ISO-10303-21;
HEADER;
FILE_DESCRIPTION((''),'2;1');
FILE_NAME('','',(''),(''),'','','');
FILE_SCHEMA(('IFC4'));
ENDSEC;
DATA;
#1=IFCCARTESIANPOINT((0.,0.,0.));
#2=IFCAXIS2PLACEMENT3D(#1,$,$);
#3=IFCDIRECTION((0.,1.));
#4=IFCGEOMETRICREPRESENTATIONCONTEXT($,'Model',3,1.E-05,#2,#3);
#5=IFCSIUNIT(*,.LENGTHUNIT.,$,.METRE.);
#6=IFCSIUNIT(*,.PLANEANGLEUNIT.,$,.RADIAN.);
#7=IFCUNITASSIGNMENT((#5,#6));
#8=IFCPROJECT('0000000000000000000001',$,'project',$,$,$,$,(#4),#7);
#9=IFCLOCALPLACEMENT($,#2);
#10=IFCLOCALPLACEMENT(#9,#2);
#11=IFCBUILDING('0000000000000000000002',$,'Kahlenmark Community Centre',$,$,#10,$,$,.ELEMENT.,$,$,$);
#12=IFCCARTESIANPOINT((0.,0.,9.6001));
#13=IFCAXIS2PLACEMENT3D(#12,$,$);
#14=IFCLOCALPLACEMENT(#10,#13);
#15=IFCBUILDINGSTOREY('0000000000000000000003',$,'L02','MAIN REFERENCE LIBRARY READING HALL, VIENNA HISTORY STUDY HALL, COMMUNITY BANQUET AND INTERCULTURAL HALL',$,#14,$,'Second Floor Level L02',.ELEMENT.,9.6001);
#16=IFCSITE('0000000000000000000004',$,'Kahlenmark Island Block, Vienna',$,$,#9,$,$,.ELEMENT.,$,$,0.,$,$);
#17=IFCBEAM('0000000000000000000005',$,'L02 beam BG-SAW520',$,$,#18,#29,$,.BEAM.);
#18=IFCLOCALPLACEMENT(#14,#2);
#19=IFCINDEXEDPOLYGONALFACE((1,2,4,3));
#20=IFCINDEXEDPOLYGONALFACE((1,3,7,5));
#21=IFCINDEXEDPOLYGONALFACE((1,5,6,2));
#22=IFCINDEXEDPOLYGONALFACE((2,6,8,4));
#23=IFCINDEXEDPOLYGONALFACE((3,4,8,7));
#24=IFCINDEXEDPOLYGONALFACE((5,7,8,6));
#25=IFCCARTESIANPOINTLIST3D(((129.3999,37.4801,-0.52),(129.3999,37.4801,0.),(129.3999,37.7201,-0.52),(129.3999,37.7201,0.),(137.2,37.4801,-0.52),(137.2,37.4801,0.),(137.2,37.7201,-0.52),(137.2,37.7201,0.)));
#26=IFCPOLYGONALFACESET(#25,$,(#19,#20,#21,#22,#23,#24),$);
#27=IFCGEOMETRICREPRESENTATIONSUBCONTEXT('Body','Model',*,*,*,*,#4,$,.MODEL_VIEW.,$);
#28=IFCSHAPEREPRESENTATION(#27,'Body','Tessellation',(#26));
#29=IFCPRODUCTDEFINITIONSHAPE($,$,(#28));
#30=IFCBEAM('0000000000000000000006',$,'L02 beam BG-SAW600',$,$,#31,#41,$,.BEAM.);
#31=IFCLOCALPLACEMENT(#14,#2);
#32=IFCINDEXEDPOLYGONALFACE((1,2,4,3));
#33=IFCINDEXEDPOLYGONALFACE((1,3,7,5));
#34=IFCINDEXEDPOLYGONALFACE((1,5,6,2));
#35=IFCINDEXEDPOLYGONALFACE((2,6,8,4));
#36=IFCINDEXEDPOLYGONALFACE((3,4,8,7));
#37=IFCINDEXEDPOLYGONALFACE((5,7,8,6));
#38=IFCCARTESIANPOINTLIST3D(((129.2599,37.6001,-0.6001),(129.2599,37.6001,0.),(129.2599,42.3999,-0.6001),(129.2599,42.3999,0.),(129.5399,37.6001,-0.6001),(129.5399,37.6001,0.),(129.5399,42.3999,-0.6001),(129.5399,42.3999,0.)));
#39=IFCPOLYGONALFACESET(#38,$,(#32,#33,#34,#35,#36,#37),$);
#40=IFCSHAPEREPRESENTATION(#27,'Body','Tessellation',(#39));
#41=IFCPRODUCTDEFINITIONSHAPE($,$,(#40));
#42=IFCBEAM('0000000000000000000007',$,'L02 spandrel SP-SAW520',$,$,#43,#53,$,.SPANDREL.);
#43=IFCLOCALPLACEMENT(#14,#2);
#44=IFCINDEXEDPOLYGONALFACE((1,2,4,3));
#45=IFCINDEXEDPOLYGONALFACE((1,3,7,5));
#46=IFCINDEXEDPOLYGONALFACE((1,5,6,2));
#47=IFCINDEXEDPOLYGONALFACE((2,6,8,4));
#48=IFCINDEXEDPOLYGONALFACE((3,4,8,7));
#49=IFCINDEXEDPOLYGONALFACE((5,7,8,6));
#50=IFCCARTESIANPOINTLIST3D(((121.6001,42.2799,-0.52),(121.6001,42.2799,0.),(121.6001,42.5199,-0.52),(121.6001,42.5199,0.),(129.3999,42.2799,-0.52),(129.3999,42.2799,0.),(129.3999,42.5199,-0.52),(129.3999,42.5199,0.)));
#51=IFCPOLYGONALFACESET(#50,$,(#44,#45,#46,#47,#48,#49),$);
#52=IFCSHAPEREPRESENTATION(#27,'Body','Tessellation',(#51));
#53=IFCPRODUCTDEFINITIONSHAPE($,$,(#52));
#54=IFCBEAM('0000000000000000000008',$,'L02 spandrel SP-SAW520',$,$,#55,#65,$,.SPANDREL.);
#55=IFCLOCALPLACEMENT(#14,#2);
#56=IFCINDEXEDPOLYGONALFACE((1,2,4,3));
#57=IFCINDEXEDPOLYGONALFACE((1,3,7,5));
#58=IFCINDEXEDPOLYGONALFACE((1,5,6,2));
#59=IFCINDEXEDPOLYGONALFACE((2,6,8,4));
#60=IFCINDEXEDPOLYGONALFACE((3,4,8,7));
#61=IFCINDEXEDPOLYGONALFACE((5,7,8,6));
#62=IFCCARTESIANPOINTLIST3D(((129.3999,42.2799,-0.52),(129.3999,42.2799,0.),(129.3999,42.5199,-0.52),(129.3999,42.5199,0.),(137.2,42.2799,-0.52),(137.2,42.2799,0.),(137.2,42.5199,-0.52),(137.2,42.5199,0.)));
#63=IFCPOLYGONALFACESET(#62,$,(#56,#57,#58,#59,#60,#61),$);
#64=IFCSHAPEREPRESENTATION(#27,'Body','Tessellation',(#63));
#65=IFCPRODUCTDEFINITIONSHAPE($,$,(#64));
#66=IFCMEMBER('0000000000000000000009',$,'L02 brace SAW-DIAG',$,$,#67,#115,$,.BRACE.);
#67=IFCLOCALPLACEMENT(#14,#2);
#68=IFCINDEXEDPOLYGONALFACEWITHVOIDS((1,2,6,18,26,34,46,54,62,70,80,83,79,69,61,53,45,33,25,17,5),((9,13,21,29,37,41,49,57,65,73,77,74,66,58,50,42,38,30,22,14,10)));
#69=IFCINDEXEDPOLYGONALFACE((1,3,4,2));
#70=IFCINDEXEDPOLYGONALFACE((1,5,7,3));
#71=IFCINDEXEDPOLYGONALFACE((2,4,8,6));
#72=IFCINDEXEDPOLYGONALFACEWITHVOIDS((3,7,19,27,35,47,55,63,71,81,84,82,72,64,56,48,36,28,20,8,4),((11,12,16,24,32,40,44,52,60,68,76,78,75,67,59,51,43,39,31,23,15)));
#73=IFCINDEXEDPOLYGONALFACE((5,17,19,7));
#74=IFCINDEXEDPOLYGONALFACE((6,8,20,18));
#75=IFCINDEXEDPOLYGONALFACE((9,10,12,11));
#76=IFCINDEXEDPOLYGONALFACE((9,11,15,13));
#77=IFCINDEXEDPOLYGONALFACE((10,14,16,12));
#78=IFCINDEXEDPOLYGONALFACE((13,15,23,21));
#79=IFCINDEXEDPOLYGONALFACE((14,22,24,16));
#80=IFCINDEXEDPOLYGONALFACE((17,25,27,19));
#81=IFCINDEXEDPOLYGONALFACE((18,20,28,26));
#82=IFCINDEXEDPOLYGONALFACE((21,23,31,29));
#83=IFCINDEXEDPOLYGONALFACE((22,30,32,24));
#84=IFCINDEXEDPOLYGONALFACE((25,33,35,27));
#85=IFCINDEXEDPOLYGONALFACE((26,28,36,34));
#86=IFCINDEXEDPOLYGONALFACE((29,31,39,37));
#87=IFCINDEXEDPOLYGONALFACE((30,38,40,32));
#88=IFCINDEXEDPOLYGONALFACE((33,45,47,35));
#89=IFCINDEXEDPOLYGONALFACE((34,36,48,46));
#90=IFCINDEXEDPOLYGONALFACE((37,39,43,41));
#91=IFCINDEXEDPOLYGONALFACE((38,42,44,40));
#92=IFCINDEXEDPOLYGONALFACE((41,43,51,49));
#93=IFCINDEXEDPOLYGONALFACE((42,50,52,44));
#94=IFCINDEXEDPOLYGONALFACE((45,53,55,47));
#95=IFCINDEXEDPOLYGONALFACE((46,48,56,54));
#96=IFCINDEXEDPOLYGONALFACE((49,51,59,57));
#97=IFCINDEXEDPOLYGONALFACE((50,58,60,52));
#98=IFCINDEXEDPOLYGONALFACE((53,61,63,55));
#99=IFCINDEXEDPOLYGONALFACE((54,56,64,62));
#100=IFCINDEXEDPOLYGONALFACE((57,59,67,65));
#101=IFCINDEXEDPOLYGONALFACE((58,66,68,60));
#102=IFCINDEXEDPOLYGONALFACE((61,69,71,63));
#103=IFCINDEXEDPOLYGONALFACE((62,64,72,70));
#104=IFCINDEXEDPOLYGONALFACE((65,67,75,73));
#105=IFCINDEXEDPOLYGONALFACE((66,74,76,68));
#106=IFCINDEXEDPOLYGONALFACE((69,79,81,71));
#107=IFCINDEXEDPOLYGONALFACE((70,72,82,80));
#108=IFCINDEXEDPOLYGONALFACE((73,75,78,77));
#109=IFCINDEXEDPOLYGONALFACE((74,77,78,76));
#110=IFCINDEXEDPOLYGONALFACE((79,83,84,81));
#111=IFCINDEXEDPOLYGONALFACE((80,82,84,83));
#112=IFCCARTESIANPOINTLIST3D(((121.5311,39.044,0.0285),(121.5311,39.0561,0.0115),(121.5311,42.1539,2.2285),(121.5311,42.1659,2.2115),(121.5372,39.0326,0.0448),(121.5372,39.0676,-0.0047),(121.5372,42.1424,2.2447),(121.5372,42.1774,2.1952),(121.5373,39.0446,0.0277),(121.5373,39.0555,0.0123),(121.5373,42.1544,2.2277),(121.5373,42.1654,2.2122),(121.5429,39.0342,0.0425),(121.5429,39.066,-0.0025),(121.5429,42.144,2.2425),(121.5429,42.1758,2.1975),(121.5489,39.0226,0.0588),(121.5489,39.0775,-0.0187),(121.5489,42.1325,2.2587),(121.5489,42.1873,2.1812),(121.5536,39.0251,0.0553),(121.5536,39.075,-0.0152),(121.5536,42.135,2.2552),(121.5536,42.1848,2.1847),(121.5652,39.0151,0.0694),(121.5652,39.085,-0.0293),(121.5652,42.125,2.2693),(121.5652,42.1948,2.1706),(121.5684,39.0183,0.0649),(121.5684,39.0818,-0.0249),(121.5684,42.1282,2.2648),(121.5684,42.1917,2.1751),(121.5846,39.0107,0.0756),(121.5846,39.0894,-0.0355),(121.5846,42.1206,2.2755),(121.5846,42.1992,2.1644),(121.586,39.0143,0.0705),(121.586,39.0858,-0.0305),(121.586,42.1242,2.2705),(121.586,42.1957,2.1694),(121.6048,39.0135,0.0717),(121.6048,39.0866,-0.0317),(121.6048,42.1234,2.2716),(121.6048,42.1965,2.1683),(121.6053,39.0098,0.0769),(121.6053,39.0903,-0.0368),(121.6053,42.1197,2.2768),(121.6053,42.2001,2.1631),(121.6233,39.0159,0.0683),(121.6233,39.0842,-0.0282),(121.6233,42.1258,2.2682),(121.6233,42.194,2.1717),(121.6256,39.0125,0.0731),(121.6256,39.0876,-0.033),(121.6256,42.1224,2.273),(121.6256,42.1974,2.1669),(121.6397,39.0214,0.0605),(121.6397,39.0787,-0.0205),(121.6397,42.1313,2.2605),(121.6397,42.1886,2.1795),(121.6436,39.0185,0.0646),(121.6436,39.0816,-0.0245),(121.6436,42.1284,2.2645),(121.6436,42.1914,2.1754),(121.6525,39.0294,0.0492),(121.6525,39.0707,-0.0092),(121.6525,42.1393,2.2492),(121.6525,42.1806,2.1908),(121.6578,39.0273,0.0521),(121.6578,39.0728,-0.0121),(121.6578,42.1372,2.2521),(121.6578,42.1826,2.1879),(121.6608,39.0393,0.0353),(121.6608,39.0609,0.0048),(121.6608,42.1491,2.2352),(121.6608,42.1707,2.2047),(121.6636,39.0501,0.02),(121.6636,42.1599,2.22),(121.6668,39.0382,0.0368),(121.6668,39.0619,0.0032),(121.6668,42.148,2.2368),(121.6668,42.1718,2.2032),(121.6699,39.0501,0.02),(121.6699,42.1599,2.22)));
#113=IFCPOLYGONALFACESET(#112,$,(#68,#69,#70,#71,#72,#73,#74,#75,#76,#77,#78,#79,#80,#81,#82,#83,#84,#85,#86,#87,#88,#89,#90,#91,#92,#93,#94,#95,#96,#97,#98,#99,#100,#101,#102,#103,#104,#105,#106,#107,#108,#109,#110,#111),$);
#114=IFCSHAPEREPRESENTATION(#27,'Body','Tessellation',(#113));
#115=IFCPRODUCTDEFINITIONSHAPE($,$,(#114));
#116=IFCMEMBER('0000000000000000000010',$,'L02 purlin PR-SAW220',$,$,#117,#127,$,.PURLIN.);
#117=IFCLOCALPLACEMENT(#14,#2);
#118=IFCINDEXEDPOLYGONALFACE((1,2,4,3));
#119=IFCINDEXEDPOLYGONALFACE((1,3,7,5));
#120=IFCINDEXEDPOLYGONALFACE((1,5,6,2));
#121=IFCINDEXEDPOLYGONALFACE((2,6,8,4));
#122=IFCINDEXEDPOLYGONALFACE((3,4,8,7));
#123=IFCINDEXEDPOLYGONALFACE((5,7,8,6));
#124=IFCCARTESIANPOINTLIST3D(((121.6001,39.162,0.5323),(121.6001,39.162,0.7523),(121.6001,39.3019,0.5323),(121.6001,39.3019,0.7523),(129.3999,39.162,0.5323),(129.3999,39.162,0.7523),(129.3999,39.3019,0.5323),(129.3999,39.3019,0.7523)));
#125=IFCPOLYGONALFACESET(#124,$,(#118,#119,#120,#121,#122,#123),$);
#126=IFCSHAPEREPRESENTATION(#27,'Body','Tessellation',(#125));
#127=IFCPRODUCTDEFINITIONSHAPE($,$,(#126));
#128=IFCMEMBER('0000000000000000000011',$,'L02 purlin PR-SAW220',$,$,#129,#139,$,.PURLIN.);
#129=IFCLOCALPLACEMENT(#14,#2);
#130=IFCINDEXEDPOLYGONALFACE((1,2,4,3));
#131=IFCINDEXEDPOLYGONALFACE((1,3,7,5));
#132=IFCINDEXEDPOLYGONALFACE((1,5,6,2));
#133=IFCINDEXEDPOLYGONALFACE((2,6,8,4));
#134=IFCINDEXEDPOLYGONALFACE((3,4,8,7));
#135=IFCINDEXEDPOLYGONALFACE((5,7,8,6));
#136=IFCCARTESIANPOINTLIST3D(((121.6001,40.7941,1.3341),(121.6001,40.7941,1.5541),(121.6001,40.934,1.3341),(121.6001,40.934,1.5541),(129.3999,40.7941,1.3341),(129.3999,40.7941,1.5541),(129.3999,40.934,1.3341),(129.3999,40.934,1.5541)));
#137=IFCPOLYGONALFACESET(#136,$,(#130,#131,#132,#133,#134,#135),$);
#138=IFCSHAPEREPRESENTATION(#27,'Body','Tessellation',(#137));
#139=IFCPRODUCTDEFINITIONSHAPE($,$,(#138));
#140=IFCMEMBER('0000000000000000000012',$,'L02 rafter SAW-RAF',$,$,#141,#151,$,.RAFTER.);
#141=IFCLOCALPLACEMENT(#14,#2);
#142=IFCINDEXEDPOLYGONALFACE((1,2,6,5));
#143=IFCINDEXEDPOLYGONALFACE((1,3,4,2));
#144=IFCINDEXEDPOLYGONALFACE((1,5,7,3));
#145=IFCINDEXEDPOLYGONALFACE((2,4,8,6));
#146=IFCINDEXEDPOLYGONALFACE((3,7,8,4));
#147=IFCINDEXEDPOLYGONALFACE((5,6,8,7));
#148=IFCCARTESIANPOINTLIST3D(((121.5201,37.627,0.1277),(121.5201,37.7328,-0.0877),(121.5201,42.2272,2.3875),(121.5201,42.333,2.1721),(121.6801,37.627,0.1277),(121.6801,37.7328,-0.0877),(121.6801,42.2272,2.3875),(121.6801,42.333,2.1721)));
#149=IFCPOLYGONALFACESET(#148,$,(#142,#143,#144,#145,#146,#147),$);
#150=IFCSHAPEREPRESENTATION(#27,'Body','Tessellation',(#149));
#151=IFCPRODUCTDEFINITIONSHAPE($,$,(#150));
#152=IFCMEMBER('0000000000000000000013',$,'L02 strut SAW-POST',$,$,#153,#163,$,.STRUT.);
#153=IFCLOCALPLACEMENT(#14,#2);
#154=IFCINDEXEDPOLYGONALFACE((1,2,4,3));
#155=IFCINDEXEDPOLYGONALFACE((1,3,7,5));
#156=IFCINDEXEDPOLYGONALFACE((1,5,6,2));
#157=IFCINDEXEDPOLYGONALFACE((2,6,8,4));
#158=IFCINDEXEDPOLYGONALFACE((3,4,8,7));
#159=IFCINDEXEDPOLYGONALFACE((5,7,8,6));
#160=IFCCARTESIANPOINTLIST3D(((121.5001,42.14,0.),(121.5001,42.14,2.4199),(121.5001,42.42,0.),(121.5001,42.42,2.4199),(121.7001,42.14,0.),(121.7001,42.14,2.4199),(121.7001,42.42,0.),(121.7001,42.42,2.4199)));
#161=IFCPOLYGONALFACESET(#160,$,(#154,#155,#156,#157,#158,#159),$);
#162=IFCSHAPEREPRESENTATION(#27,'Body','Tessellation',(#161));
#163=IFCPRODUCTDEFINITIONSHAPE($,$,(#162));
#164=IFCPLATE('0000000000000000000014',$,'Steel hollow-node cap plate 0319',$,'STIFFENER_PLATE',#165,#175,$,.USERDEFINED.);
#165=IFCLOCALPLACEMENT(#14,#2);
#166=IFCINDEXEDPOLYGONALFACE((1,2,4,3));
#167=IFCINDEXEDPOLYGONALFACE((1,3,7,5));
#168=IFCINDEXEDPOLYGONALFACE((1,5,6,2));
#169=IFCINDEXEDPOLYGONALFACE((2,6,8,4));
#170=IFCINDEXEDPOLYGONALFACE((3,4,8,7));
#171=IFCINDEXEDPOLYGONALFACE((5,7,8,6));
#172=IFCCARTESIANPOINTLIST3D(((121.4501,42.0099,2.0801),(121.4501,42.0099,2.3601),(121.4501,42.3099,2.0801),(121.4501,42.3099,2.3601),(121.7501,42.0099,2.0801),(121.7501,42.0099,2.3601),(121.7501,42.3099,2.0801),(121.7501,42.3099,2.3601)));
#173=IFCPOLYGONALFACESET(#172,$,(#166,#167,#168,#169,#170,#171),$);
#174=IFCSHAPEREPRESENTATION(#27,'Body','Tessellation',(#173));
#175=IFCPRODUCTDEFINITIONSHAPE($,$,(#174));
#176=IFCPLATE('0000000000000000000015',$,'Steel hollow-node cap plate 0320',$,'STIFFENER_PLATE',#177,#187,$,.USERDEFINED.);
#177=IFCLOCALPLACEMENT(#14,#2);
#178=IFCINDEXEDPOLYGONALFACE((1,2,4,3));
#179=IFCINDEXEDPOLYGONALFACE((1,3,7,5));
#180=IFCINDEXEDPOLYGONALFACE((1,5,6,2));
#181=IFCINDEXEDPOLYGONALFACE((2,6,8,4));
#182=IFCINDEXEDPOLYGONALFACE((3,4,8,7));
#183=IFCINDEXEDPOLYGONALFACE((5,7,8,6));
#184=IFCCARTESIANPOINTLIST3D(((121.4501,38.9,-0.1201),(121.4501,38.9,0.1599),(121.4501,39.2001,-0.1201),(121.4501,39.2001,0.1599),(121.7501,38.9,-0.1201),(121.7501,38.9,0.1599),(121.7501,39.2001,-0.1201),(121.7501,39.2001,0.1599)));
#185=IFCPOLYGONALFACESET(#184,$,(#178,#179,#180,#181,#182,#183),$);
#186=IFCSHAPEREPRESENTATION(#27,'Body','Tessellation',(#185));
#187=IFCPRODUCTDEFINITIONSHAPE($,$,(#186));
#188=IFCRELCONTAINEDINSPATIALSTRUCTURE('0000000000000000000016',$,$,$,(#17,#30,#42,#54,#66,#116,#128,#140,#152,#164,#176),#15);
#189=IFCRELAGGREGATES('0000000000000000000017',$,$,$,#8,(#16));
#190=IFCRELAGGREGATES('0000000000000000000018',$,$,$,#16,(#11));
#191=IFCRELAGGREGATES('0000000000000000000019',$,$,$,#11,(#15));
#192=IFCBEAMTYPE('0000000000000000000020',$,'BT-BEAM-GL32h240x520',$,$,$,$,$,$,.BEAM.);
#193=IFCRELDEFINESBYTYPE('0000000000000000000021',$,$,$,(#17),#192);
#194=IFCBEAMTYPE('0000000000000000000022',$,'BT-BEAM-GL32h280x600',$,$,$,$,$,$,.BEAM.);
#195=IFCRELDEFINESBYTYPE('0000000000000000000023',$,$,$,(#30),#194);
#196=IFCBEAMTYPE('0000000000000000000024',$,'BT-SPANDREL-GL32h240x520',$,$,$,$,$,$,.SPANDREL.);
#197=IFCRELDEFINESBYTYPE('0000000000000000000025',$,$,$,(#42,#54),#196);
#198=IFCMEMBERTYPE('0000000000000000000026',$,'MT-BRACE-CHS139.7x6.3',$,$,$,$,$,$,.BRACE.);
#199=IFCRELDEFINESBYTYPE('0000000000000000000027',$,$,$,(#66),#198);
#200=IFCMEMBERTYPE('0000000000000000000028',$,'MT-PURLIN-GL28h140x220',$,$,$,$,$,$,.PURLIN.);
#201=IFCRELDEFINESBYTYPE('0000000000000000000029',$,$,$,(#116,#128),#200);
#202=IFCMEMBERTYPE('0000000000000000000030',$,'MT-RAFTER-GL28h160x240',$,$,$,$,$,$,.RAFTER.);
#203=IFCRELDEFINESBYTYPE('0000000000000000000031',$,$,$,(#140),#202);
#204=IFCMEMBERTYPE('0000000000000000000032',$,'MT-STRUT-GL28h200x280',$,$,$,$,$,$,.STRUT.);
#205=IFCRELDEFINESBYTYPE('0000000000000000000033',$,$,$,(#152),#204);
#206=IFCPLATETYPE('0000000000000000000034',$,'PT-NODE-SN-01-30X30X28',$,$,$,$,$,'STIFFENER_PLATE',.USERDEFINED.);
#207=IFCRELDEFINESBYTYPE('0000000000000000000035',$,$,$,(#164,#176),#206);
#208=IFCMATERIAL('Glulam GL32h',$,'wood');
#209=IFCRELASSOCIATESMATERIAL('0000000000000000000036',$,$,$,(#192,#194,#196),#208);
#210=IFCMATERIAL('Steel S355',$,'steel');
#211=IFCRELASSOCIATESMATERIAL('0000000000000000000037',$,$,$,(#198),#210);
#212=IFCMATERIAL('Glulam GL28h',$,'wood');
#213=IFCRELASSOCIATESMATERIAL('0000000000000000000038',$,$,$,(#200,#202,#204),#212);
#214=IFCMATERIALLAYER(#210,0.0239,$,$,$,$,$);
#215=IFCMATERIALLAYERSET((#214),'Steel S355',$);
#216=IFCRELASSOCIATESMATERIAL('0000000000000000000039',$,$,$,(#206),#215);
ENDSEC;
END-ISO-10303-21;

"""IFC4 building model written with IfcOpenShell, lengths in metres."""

from ifc_helpers import new_model, si_unit, direction, frame, origin, origin_2d, place, context, subcontext, project, spatial, rectangle, hollow_circle, extrude, material, layer, layer_set, material_profile, profile_set, type_object, element, save


model = new_model("IFC4")

# Units and contexts
model_context = context("Model", 3, precision=1e-05, world=origin(), true_north=direction((0.0, 1.0)))
body_context = subcontext(model_context, "Body", "Model", "MODEL_VIEW")
ifc_project = project(units=[si_unit("LENGTHUNIT", "METRE"), si_unit("PLANEANGLEUNIT", "RADIAN")], contexts=[model_context])

# Site, building, storey
site_placement = place(None, origin())
site = spatial("IfcSite", under=ifc_project, at=site_placement, Name="Kahlenmark Island Block, Vienna", CompositionType="ELEMENT", RefElevation=0.0)
building_placement = place(site_placement, origin())
building = spatial("IfcBuilding", under=site, at=building_placement, Name="Kahlenmark Community Centre", CompositionType="ELEMENT")
storey_placement = place(building_placement, frame((0.0, 0.0, 9.6001)))
storey = spatial("IfcBuildingStorey", under=building, at=storey_placement, Name="L02", Description="MAIN REFERENCE LIBRARY READING HALL, VIENNA HISTORY STUDY HALL, COMMUNITY BANQUET AND INTERCULTURAL HALL", LongName="Second Floor Level L02", CompositionType="ELEMENT", Elevation=9.6001)

# Beams
ifc_material_1 = material(Name="Glulam GL32h", Category="wood")
ifc_material_profile_1 = material_profile(ifc_material_1, rectangle(XDim=0.24, YDim=0.52, at=origin_2d()), Name="GL32h 240x520")
ifc_profile_set_1 = profile_set([ifc_material_profile_1], Name="Glulam GL32h")
beam_type_1 = type_object("IfcBeamType", Name="BT-BEAM-GL32h240x520", PredefinedType="BEAM", material=ifc_profile_set_1)
beam_1_placement = place(storey_placement, frame((129.3999, 37.6001, -0.26), z_axis=(1.0, 0.0, 0.0), x_axis=(0.0, 1.0, 0.0)))
element("IfcBeam", 1, at=beam_1_placement, inside=storey, type_object=beam_type_1, Name="L02 beam BG-SAW520", PredefinedType="BEAM", context=body_context, shape_type="SweptSolid", body=[
    extrude(rectangle(XDim=0.24, YDim=0.52, at=origin_2d()), origin(), (0.0, 0.0, 1.0), 7.8),
])
ifc_material_profile_2 = material_profile(ifc_material_1, rectangle(XDim=0.28, YDim=0.6001, at=origin_2d()), Name="GL32h 280x600")
ifc_profile_set_2 = profile_set([ifc_material_profile_2], Name="Glulam GL32h")
beam_type_2 = type_object("IfcBeamType", Name="BT-BEAM-GL32h280x600", PredefinedType="BEAM", material=ifc_profile_set_2)
beam_2_placement = place(storey_placement, frame((129.3999, 37.6001, -0.3), z_axis=(0.0, 1.0, 0.0), x_axis=(-1.0, 0.0, 0.0)))
element("IfcBeam", 2, at=beam_2_placement, inside=storey, type_object=beam_type_2, Name="L02 beam BG-SAW600", PredefinedType="BEAM", context=body_context, shape_type="SweptSolid", body=[
    extrude(rectangle(XDim=0.28, YDim=0.6001, at=origin_2d()), origin(), (0.0, 0.0, 1.0), 4.7998),
])
ifc_material_profile_3 = material_profile(ifc_material_1, rectangle(XDim=0.24, YDim=0.52, at=origin_2d()), Name="GL32h 240x520")
ifc_profile_set_3 = profile_set([ifc_material_profile_3], Name="Glulam GL32h")
beam_type_3 = type_object("IfcBeamType", Name="BT-SPANDREL-GL32h240x520", PredefinedType="SPANDREL", material=ifc_profile_set_3)
beam_3_placement = place(storey_placement, frame((121.6001, 42.3999, -0.26), z_axis=(1.0, 0.0, 0.0), x_axis=(0.0, 1.0, 0.0)))
element("IfcBeam", 3, at=beam_3_placement, inside=storey, type_object=beam_type_3, Name="L02 spandrel SP-SAW520", PredefinedType="SPANDREL", context=body_context, shape_type="SweptSolid", body=[
    extrude(rectangle(XDim=0.24, YDim=0.52, at=origin_2d()), origin(), (0.0, 0.0, 1.0), 7.7998),
])
beam_4_placement = place(storey_placement, frame((129.3999, 42.3999, -0.26), z_axis=(1.0, 0.0, 0.0), x_axis=(0.0, 1.0, 0.0)))
element("IfcBeam", 4, at=beam_4_placement, inside=storey, type_object=beam_type_3, Name="L02 spandrel SP-SAW520", PredefinedType="SPANDREL", context=body_context, shape_type="SweptSolid", body=[
    extrude(rectangle(XDim=0.24, YDim=0.52, at=origin_2d()), origin(), (0.0, 0.0, 1.0), 7.8),
])

# Members
ifc_material_2 = material(Name="Steel S355", Category="steel")
ifc_material_profile_4 = material_profile(ifc_material_2, hollow_circle(Radius=0.0698, WallThickness=0.0063, at=origin_2d()), Name="CHS 139.7x6.3")
ifc_profile_set_4 = profile_set([ifc_material_profile_4], Name="Steel S355")
member_type_1 = type_object("IfcMemberType", Name="MT-BRACE-CHS139.7x6.3", PredefinedType="BRACE", material=ifc_profile_set_4)
member_1_placement = place(storey_placement, frame((121.6001, 42.1599, 2.22), z_axis=(0.0, -0.81638, -0.577516), x_axis=(1.0, 0.0, 0.0)))
element("IfcMember", 5, at=member_1_placement, inside=storey, type_object=member_type_1, Name="L02 brace SAW-DIAG", PredefinedType="BRACE", context=body_context, shape_type="SweptSolid", body=[
    extrude(hollow_circle(Radius=0.0698, WallThickness=0.0063, at=origin_2d()), origin(), (0.0, 0.0, 1.0), 3.8093),
])
ifc_material_3 = material(Name="Glulam GL28h", Category="wood")
ifc_material_profile_5 = material_profile(ifc_material_3, rectangle(XDim=0.1399, YDim=0.22, at=origin_2d()), Name="GL28h 140x220")
ifc_profile_set_5 = profile_set([ifc_material_profile_5], Name="Glulam GL28h")
member_type_2 = type_object("IfcMemberType", Name="MT-PURLIN-GL28h140x220", PredefinedType="PURLIN", material=ifc_profile_set_5)
for number, where, z_axis, x_axis, name in (
    (6, (121.6001, 39.2319, 0.6423), (1.0, 0.0, 0.0), (0.0, 1.0, 0.0), "L02 purlin PR-SAW220"),
    (7, (121.6001, 40.864, 1.4441), (1.0, 0.0, 0.0), (0.0, 1.0, 0.0), "L02 purlin PR-SAW220"),
):
    element("IfcMember", number, at=place(storey_placement, frame(where, z_axis=z_axis, x_axis=x_axis)), inside=storey, type_object=member_type_2, Name=name, PredefinedType="PURLIN", context=body_context, shape_type="SweptSolid", body=[
        extrude(rectangle(XDim=0.1399, YDim=0.22, at=origin_2d()), origin(), (0.0, 0.0, 1.0), 7.7998),
    ])
ifc_material_profile_6 = material_profile(ifc_material_3, rectangle(XDim=0.1599, YDim=0.24, at=origin_2d()), Name="GL28h 160x240")
ifc_profile_set_6 = profile_set([ifc_material_profile_6], Name="Glulam GL28h")
member_type_3 = type_object("IfcMemberType", Name="MT-RAFTER-GL28h160x240", PredefinedType="RAFTER", material=ifc_profile_set_6)
member_2_placement = place(storey_placement, frame((121.6001, 37.6799, 0.02), z_axis=(0.0, 0.897549, 0.440915), x_axis=(-1.0, 0.0, 0.0)))
element("IfcMember", 8, at=member_2_placement, inside=storey, type_object=member_type_3, Name="L02 rafter SAW-RAF", PredefinedType="RAFTER", context=body_context, shape_type="SweptSolid", body=[
    extrude(rectangle(XDim=0.1599, YDim=0.24, at=origin_2d()), origin(), (0.0, 0.0, 1.0), 5.1252),
])
ifc_material_profile_7 = material_profile(ifc_material_3, rectangle(XDim=0.2, YDim=0.28, at=origin_2d()), Name="GL28h 200x280")
ifc_profile_set_7 = profile_set([ifc_material_profile_7], Name="Glulam GL28h")
member_type_4 = type_object("IfcMemberType", Name="MT-STRUT-GL28h200x280", PredefinedType="STRUT", material=ifc_profile_set_7)
member_3_placement = place(storey_placement, frame((121.6001, 42.28, 0.0), z_axis=(0.0, 0.0, 1.0), x_axis=(1.0, 0.0, 0.0)))
element("IfcMember", 9, at=member_3_placement, inside=storey, type_object=member_type_4, Name="L02 strut SAW-POST", PredefinedType="STRUT", context=body_context, shape_type="SweptSolid", body=[
    extrude(rectangle(XDim=0.2, YDim=0.28, at=origin_2d()), origin(), (0.0, 0.0, 1.0), 2.4199),
])

# Plates
ifc_layer_1 = layer(ifc_material_2, 0.0239)
ifc_layer_set_1 = layer_set([ifc_layer_1], Name="Steel S355")
plate_type_1 = type_object("IfcPlateType", Name="PT-NODE-SN-01-30X30X28", ElementType="STIFFENER_PLATE", PredefinedType="USERDEFINED", material=ifc_layer_set_1)
for number, where, z_axis, x_axis, name in (
    (10, (121.6001, 42.1599, 2.0801), (0.0, 0.0, 1.0), (1.0, 0.0, 0.0), "Steel hollow-node cap plate 0319"),
    (11, (121.6001, 39.05, -0.1201), (0.0, 0.0, 1.0), (1.0, 0.0, 0.0), "Steel hollow-node cap plate 0320"),
):
    element("IfcPlate", number, at=place(storey_placement, frame(where, z_axis=z_axis, x_axis=x_axis)), inside=storey, type_object=plate_type_1, Name=name, ObjectType="STIFFENER_PLATE", PredefinedType="USERDEFINED", context=body_context, shape_type="SweptSolid", body=[
        extrude(rectangle(XDim=0.3, YDim=0.3, at=origin_2d()), origin(), (0.0, 0.0, 1.0), 0.28),
    ])

save(model, "model.ifc")
